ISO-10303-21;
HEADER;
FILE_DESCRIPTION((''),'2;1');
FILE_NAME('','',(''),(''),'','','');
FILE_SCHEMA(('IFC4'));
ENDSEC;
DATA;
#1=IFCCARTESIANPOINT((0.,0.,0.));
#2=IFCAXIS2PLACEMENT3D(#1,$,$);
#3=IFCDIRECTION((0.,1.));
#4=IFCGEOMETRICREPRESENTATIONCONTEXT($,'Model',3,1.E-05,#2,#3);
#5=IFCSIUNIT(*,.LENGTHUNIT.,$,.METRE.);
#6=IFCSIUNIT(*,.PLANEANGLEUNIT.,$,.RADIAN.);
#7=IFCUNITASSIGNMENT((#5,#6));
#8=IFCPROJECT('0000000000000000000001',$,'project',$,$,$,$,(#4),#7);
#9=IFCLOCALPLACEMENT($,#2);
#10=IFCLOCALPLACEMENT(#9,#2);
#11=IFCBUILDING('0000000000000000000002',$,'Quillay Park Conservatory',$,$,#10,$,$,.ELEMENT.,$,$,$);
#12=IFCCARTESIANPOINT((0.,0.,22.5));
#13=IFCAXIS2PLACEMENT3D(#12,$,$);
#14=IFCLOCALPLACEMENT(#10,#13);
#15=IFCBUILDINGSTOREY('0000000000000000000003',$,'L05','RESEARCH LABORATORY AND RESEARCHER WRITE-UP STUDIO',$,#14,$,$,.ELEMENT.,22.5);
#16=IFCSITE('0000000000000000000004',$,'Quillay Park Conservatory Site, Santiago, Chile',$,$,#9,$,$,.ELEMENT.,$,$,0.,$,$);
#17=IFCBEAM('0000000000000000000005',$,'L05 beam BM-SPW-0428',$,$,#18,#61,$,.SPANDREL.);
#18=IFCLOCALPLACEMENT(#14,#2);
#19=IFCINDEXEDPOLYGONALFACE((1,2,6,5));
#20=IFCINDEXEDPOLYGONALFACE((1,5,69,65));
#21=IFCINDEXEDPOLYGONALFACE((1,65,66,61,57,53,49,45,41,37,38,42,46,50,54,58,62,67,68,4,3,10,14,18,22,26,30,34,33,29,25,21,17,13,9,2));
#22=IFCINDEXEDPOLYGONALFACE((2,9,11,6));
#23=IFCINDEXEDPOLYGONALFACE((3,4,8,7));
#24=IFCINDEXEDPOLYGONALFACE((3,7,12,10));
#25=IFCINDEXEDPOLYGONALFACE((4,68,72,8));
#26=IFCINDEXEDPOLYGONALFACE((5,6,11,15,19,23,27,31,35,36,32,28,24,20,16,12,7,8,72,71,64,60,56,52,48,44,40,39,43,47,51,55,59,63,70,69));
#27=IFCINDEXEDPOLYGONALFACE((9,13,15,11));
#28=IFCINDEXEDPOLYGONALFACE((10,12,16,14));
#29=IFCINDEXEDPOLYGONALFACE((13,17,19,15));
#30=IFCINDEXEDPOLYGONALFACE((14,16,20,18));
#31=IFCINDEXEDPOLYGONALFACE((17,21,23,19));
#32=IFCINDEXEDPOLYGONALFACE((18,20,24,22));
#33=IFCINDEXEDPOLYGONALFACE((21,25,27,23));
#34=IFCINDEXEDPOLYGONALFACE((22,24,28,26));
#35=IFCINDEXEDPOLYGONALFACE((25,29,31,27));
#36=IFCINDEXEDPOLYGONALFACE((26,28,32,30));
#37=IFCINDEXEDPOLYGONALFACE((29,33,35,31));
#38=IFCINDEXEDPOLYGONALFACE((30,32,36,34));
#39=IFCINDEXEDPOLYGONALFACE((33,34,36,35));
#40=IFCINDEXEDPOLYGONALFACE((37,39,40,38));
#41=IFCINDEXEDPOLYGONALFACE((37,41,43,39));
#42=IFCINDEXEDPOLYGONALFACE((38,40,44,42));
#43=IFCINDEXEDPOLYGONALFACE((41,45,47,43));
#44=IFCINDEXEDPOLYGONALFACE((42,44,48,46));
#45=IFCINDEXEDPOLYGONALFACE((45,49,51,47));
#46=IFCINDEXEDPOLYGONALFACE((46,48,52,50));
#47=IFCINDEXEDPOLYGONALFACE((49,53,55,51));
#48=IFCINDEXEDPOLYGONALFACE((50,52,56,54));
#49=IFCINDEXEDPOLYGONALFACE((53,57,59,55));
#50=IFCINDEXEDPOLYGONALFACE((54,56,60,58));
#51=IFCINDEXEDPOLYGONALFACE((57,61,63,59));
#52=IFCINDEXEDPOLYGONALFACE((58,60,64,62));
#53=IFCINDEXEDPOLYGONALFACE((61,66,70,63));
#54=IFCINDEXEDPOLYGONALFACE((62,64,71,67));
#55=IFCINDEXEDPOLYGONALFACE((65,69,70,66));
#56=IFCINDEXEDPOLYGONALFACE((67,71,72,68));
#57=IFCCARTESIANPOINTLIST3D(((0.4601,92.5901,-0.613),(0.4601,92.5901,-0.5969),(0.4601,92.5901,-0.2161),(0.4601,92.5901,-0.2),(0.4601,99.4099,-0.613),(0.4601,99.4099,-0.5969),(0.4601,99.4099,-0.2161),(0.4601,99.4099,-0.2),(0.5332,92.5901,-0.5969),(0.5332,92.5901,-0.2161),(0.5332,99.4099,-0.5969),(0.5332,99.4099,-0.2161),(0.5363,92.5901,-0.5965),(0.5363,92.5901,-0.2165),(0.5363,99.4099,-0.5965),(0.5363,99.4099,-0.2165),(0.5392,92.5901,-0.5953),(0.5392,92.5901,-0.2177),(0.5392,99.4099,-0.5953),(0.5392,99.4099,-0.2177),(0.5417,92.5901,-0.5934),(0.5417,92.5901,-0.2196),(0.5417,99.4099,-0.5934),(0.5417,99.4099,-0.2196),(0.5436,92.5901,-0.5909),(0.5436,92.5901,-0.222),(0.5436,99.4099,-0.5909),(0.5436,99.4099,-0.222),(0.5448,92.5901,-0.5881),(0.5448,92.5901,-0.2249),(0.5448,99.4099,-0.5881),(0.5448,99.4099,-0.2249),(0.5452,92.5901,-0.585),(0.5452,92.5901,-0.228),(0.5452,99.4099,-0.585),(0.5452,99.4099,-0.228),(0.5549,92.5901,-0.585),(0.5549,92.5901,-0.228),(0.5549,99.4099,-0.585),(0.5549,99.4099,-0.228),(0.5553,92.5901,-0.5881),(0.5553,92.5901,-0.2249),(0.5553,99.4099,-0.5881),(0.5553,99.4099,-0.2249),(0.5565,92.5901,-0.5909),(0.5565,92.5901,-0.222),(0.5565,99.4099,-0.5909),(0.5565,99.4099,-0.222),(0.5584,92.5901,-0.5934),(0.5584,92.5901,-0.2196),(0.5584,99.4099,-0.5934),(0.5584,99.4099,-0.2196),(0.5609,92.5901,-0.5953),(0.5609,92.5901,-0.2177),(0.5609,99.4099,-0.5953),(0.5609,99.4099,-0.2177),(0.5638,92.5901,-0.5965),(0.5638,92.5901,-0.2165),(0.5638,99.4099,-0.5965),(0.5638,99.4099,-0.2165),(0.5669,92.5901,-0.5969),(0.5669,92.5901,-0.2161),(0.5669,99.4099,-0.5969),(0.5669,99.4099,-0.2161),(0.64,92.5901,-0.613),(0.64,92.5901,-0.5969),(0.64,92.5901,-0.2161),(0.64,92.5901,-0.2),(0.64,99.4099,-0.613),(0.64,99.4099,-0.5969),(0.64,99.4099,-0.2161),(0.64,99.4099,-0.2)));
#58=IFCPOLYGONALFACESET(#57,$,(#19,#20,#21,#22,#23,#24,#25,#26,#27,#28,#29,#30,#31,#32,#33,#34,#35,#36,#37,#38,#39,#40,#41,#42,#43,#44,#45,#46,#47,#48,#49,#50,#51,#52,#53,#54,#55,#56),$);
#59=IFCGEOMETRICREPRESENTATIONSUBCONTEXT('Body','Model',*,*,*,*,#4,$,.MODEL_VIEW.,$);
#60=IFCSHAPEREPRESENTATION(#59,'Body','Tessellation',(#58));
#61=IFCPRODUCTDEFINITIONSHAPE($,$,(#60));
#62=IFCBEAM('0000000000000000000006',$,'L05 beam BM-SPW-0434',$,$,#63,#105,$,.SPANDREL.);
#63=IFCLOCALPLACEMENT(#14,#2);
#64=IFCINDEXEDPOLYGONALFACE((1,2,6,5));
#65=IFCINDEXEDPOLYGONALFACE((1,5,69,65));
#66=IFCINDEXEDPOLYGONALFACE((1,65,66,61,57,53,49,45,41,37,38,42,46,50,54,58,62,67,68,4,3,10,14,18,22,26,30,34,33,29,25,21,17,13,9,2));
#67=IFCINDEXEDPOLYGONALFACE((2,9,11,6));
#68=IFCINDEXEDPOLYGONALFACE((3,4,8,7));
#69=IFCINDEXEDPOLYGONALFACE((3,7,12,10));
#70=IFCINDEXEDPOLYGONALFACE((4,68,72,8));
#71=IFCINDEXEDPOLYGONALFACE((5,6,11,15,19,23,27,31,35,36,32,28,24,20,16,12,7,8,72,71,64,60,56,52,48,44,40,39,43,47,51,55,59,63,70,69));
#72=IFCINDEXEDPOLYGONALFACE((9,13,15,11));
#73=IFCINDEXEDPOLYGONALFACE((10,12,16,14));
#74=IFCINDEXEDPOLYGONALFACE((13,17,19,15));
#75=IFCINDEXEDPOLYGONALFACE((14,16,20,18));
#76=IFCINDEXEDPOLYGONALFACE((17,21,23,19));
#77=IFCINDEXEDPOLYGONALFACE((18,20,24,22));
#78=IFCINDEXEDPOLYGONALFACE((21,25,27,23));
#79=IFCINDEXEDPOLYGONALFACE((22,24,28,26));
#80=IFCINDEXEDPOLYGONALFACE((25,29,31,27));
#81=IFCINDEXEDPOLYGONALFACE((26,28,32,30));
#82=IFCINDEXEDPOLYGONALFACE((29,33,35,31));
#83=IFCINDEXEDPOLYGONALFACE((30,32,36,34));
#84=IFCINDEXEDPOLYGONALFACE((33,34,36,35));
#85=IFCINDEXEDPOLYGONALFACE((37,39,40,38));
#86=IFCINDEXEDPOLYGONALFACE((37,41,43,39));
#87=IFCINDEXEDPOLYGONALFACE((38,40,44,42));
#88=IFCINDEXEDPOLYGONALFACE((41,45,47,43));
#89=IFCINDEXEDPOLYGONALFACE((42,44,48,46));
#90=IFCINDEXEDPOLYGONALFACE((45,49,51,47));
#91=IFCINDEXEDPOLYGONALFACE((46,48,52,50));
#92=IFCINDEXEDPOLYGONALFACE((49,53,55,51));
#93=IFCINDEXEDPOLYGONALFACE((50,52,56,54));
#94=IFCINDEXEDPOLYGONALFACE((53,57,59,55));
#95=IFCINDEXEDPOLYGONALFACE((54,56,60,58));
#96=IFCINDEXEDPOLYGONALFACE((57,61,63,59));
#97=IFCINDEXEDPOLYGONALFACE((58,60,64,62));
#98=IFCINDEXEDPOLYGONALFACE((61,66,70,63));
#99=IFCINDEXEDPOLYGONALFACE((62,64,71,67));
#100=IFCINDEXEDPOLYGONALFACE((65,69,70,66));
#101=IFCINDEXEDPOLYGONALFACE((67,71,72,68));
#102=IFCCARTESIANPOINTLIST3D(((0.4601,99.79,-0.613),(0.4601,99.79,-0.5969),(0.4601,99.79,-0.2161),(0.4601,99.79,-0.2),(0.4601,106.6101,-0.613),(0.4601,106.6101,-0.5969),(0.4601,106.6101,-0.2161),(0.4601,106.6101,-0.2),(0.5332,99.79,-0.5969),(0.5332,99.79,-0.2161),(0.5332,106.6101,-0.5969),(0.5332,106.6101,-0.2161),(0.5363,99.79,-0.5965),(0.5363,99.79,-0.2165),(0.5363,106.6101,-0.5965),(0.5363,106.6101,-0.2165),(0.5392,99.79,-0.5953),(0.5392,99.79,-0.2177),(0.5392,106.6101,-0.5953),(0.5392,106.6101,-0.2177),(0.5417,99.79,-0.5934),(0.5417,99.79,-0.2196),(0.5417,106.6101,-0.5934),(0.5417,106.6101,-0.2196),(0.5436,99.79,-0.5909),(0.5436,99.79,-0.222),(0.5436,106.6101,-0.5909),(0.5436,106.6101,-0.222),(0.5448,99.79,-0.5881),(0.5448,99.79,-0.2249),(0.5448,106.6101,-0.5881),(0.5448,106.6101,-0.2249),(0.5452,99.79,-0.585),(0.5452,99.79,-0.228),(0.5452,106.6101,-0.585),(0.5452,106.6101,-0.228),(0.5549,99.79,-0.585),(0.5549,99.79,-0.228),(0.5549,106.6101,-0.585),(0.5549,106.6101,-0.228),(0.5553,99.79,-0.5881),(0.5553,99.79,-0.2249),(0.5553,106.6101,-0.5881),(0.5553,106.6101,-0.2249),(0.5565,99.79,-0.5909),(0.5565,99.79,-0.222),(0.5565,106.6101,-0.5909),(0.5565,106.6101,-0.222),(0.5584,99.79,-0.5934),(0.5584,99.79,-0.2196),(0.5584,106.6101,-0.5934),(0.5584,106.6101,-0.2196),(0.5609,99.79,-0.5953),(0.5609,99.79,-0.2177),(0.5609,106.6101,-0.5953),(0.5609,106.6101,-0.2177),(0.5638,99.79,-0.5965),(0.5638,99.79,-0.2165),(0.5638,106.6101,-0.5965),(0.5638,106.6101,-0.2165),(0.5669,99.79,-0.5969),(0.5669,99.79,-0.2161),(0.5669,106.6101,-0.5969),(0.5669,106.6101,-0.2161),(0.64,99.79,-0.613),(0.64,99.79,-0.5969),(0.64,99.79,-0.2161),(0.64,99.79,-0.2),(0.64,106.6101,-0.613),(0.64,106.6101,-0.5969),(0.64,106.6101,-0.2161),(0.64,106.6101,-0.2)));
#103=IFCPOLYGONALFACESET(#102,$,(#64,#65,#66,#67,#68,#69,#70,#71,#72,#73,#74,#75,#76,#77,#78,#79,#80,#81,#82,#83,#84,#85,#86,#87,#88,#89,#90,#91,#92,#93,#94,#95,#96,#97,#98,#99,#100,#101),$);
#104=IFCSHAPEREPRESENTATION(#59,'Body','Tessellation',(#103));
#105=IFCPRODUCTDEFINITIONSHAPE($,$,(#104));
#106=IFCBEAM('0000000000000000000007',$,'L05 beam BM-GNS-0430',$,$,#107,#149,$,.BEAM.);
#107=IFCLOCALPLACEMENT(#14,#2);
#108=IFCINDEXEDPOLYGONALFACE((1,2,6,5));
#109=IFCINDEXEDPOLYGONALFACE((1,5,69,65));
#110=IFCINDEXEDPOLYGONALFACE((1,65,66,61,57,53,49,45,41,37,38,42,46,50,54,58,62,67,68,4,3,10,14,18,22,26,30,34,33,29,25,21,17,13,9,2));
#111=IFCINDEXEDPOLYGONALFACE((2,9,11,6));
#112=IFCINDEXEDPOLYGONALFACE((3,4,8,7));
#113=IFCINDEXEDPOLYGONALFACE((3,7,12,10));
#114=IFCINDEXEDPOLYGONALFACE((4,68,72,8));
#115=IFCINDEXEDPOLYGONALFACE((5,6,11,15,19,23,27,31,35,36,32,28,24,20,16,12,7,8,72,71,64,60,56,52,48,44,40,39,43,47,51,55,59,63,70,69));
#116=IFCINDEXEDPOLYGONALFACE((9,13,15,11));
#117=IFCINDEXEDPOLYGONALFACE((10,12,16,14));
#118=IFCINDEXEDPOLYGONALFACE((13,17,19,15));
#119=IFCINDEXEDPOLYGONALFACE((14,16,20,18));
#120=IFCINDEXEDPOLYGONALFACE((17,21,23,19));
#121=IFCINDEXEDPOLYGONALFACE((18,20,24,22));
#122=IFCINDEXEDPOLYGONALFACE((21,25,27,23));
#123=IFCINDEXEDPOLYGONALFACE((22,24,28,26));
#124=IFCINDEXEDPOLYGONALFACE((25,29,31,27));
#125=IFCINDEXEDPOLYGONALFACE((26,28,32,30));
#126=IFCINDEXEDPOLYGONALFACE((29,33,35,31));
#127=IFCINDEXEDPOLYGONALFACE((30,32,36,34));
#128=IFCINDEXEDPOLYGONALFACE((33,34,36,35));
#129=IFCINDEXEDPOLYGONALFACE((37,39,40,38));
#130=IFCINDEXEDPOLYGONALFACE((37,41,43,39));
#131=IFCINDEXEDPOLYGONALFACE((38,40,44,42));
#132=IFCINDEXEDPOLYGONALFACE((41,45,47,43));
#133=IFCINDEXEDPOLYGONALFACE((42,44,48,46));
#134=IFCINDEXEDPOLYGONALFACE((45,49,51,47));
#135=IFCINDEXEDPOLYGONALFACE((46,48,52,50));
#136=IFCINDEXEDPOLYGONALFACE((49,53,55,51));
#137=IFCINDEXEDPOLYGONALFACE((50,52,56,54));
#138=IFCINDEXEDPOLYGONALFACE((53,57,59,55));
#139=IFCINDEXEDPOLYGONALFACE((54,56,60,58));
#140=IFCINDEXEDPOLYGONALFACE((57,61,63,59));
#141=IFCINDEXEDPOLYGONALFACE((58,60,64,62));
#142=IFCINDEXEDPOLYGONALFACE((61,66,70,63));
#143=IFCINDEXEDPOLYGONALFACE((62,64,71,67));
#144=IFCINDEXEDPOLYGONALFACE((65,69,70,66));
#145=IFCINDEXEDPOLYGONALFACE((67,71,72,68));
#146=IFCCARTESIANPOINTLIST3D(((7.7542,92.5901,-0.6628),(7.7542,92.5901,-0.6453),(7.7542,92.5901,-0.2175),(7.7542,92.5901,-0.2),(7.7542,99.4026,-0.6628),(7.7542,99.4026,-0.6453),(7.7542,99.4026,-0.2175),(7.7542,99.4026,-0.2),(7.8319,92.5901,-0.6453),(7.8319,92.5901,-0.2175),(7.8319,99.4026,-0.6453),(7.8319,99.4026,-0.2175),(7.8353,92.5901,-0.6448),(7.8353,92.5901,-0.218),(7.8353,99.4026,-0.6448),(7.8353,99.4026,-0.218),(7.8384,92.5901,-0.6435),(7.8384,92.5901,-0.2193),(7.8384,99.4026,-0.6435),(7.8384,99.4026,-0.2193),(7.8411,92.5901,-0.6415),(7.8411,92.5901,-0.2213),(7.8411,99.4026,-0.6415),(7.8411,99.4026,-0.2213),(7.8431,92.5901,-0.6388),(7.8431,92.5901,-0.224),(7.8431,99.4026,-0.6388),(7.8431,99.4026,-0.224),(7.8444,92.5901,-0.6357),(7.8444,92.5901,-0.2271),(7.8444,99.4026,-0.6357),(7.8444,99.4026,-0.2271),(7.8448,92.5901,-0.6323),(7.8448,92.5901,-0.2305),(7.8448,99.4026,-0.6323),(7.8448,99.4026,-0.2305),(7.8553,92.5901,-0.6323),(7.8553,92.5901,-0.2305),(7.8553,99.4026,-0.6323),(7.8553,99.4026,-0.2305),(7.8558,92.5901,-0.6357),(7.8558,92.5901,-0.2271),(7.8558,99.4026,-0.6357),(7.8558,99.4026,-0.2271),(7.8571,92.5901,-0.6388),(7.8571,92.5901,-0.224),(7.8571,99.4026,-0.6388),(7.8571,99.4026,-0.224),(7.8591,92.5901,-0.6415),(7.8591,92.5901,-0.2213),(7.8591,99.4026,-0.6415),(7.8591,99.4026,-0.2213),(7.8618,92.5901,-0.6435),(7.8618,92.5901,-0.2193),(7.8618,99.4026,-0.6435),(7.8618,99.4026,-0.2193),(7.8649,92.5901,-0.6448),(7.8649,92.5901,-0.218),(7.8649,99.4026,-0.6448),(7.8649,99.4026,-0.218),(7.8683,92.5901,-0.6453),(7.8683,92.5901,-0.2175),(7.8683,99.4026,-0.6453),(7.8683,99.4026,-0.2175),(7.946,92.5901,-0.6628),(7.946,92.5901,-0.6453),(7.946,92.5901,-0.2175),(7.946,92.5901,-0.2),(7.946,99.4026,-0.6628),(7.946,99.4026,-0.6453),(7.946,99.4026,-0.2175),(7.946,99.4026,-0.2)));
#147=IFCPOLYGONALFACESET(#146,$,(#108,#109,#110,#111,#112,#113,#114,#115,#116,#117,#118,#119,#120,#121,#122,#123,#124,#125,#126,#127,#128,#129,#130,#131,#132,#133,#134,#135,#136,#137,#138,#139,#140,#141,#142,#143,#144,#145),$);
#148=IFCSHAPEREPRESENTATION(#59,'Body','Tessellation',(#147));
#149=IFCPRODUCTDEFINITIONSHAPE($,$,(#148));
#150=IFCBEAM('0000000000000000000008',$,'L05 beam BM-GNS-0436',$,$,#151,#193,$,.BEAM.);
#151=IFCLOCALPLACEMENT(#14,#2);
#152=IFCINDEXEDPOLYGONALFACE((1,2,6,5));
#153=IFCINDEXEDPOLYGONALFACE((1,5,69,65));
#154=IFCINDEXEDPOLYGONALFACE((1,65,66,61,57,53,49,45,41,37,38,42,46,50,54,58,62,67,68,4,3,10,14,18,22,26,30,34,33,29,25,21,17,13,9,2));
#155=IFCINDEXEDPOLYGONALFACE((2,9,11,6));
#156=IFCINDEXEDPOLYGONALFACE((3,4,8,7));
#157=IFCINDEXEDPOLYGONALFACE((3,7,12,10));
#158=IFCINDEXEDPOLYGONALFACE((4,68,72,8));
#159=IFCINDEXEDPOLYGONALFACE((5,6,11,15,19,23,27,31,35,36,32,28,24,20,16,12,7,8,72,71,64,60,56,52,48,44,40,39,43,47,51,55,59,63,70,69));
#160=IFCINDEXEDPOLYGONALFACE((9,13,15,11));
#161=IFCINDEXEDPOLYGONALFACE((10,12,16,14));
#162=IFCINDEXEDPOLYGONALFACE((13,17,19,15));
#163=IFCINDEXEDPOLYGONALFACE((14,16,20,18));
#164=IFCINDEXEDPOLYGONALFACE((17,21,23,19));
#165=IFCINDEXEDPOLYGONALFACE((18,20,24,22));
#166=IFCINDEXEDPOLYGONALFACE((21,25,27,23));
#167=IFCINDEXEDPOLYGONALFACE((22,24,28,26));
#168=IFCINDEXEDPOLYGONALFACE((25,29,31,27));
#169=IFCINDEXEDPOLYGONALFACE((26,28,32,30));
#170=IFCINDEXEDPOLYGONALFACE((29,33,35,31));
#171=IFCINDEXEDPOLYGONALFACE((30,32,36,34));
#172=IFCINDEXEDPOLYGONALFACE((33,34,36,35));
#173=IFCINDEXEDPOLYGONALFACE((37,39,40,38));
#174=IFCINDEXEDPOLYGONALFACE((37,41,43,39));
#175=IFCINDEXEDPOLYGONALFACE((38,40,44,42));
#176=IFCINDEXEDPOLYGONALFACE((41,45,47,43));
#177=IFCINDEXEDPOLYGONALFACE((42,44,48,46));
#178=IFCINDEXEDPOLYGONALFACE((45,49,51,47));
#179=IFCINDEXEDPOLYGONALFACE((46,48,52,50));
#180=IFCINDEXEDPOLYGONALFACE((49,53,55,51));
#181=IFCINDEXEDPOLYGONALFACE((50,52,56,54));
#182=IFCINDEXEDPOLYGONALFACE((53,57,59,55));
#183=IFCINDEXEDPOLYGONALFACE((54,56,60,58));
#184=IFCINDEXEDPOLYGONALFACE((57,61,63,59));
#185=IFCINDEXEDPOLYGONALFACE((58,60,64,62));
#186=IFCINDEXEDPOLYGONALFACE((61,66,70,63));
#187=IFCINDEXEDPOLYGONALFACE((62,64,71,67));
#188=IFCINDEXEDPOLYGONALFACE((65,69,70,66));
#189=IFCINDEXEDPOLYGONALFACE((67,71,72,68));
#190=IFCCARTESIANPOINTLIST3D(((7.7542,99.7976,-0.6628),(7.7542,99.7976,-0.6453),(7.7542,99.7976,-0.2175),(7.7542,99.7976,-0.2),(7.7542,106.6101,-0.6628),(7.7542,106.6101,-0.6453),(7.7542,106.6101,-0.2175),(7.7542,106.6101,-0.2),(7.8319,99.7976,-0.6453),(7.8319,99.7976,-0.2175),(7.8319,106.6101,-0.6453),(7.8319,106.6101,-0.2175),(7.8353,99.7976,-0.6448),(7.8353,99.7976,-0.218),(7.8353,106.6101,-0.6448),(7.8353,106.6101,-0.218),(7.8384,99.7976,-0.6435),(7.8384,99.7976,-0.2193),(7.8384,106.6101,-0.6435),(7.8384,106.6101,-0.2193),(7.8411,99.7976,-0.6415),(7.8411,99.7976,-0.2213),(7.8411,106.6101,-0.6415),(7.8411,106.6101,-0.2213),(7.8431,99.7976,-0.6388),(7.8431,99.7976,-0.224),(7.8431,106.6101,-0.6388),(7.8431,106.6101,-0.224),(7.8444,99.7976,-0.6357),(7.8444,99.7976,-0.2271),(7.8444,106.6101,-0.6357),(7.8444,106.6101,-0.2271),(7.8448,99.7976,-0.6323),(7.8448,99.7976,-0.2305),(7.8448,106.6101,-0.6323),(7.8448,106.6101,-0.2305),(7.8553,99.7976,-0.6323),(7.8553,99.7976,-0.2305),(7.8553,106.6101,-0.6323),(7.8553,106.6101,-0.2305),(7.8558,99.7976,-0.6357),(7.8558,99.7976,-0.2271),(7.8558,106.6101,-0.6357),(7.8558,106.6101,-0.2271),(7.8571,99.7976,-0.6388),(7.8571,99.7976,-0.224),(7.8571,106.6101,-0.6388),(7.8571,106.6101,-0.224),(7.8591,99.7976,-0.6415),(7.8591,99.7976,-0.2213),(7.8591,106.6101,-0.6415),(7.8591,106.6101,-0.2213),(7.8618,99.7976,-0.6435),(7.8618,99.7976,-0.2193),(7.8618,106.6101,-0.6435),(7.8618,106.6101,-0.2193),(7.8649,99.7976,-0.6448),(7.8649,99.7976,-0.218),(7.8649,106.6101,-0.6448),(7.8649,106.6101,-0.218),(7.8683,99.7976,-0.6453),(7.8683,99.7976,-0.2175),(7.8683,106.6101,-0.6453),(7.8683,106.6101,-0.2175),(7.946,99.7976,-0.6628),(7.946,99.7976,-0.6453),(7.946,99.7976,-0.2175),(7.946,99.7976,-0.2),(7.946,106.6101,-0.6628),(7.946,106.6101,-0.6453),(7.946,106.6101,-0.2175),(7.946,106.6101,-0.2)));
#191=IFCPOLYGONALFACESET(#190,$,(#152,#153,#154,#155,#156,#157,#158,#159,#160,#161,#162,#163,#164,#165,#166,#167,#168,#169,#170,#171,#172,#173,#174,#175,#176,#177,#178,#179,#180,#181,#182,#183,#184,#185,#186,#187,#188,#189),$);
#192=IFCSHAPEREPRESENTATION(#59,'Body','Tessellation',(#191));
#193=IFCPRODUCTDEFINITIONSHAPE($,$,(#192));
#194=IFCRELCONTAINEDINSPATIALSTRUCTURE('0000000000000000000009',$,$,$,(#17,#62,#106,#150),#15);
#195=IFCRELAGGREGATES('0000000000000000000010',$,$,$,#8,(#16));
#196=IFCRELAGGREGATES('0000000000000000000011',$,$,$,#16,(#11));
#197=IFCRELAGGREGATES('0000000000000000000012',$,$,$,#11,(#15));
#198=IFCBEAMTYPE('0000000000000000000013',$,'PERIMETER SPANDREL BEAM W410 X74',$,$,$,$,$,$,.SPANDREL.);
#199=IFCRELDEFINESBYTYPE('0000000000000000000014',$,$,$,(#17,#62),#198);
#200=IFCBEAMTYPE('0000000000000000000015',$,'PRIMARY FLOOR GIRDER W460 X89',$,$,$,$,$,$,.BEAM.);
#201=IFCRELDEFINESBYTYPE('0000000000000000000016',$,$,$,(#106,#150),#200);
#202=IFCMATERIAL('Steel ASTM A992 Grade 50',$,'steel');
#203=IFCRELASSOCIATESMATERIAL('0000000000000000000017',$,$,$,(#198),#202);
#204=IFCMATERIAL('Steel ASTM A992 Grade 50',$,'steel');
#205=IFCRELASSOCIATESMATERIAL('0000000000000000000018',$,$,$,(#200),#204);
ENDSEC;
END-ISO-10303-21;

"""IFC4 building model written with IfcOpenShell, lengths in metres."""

from ifc_helpers import new_model, si_unit, direction, frame, origin, origin_2d, place, context, subcontext, project, spatial, i_section, extrude, material, material_profile, profile_set, type_object, element, save


model = new_model("IFC4")

# Units and contexts
model_context = context("Model", 3, precision=1e-05, world=origin(), true_north=direction((0.0, 1.0)))
body_context = subcontext(model_context, "Body", "Model", "MODEL_VIEW")
ifc_project = project(units=[si_unit("LENGTHUNIT", "METRE"), si_unit("PLANEANGLEUNIT", "RADIAN")], contexts=[model_context])

# Site, building, storey
site_placement = place(None, origin())
site = spatial("IfcSite", under=ifc_project, at=site_placement, Name="Quillay Park Conservatory Site, Santiago, Chile", CompositionType="ELEMENT", RefElevation=0.0)
building_placement = place(site_placement, origin())
building = spatial("IfcBuilding", under=site, at=building_placement, Name="Quillay Park Conservatory", CompositionType="ELEMENT")
storey_placement = place(building_placement, frame((0.0, 0.0, 22.5)))
storey = spatial("IfcBuildingStorey", under=building, at=storey_placement, Name="L05", Description="RESEARCH LABORATORY AND RESEARCHER WRITE-UP STUDIO", CompositionType="ELEMENT", Elevation=22.5)

# Beams
ifc_material_1 = material(Name="Steel ASTM A992 Grade 50", Category="steel")
ifc_material_profile_1 = material_profile(ifc_material_1, i_section(OverallWidth=0.1799, OverallDepth=0.4131, WebThickness=0.0098, FlangeThickness=0.0161, FilletRadius=0.012, at=origin_2d()), Name="W410x74")
ifc_profile_set_1 = profile_set([ifc_material_profile_1], Name="Steel ASTM A992 Grade 50")
beam_type_1 = type_object("IfcBeamType", Name="PERIMETER SPANDREL BEAM W410 X74", PredefinedType="SPANDREL", material=ifc_profile_set_1)
beam_1_placement = place(storey_placement, frame((0.55, 92.5901, -0.4065), z_axis=(0.0, 1.0, 0.0), x_axis=(-1.0, 0.0, 0.0)))
element("IfcBeam", 1, at=beam_1_placement, inside=storey, type_object=beam_type_1, Name="L05 beam BM-SPW-0428", PredefinedType="SPANDREL", context=body_context, shape_type="SweptSolid", body=[
    extrude(i_section(OverallWidth=0.1799, OverallDepth=0.4131, WebThickness=0.0098, FlangeThickness=0.0161, FilletRadius=0.012, at=origin_2d()), origin(), (0.0, 0.0, 1.0), 6.8198),
])
beam_2_placement = place(storey_placement, frame((0.55, 99.79, -0.4065), z_axis=(0.0, 1.0, 0.0), x_axis=(-1.0, 0.0, 0.0)))
element("IfcBeam", 2, at=beam_2_placement, inside=storey, type_object=beam_type_1, Name="L05 beam BM-SPW-0434", PredefinedType="SPANDREL", context=body_context, shape_type="SweptSolid", body=[
    extrude(i_section(OverallWidth=0.1799, OverallDepth=0.4131, WebThickness=0.0098, FlangeThickness=0.0161, FilletRadius=0.012, at=origin_2d()), origin(), (0.0, 0.0, 1.0), 6.8201),
])
ifc_material_2 = material(Name="Steel ASTM A992 Grade 50", Category="steel")
ifc_material_profile_2 = material_profile(ifc_material_2, i_section(OverallWidth=0.1919, OverallDepth=0.4629, WebThickness=0.0105, FlangeThickness=0.0176, FilletRadius=0.0129, at=origin_2d()), Name="W460x89")
ifc_profile_set_2 = profile_set([ifc_material_profile_2], Name="Steel ASTM A992 Grade 50")
beam_type_2 = type_object("IfcBeamType", Name="PRIMARY FLOOR GIRDER W460 X89", PredefinedType="BEAM", material=ifc_profile_set_2)
for number, where, z_axis, x_axis, name in (
    (3, (7.8501, 92.5901, -0.4314), (0.0, 1.0, 0.0), (-1.0, 0.0, 0.0), "L05 beam BM-GNS-0430"),
    (4, (7.8501, 99.7976, -0.4314), (0.0, 1.0, 0.0), (-1.0, 0.0, 0.0), "L05 beam BM-GNS-0436"),
):
    element("IfcBeam", number, at=place(storey_placement, frame(where, z_axis=z_axis, x_axis=x_axis)), inside=storey, type_object=beam_type_2, Name=name, PredefinedType="BEAM", context=body_context, shape_type="SweptSolid", body=[
        extrude(i_section(OverallWidth=0.1919, OverallDepth=0.4629, WebThickness=0.0105, FlangeThickness=0.0176, FilletRadius=0.0129, at=origin_2d()), origin(), (0.0, 0.0, 1.0), 6.8125),
    ])

save(model, "model.ifc")
